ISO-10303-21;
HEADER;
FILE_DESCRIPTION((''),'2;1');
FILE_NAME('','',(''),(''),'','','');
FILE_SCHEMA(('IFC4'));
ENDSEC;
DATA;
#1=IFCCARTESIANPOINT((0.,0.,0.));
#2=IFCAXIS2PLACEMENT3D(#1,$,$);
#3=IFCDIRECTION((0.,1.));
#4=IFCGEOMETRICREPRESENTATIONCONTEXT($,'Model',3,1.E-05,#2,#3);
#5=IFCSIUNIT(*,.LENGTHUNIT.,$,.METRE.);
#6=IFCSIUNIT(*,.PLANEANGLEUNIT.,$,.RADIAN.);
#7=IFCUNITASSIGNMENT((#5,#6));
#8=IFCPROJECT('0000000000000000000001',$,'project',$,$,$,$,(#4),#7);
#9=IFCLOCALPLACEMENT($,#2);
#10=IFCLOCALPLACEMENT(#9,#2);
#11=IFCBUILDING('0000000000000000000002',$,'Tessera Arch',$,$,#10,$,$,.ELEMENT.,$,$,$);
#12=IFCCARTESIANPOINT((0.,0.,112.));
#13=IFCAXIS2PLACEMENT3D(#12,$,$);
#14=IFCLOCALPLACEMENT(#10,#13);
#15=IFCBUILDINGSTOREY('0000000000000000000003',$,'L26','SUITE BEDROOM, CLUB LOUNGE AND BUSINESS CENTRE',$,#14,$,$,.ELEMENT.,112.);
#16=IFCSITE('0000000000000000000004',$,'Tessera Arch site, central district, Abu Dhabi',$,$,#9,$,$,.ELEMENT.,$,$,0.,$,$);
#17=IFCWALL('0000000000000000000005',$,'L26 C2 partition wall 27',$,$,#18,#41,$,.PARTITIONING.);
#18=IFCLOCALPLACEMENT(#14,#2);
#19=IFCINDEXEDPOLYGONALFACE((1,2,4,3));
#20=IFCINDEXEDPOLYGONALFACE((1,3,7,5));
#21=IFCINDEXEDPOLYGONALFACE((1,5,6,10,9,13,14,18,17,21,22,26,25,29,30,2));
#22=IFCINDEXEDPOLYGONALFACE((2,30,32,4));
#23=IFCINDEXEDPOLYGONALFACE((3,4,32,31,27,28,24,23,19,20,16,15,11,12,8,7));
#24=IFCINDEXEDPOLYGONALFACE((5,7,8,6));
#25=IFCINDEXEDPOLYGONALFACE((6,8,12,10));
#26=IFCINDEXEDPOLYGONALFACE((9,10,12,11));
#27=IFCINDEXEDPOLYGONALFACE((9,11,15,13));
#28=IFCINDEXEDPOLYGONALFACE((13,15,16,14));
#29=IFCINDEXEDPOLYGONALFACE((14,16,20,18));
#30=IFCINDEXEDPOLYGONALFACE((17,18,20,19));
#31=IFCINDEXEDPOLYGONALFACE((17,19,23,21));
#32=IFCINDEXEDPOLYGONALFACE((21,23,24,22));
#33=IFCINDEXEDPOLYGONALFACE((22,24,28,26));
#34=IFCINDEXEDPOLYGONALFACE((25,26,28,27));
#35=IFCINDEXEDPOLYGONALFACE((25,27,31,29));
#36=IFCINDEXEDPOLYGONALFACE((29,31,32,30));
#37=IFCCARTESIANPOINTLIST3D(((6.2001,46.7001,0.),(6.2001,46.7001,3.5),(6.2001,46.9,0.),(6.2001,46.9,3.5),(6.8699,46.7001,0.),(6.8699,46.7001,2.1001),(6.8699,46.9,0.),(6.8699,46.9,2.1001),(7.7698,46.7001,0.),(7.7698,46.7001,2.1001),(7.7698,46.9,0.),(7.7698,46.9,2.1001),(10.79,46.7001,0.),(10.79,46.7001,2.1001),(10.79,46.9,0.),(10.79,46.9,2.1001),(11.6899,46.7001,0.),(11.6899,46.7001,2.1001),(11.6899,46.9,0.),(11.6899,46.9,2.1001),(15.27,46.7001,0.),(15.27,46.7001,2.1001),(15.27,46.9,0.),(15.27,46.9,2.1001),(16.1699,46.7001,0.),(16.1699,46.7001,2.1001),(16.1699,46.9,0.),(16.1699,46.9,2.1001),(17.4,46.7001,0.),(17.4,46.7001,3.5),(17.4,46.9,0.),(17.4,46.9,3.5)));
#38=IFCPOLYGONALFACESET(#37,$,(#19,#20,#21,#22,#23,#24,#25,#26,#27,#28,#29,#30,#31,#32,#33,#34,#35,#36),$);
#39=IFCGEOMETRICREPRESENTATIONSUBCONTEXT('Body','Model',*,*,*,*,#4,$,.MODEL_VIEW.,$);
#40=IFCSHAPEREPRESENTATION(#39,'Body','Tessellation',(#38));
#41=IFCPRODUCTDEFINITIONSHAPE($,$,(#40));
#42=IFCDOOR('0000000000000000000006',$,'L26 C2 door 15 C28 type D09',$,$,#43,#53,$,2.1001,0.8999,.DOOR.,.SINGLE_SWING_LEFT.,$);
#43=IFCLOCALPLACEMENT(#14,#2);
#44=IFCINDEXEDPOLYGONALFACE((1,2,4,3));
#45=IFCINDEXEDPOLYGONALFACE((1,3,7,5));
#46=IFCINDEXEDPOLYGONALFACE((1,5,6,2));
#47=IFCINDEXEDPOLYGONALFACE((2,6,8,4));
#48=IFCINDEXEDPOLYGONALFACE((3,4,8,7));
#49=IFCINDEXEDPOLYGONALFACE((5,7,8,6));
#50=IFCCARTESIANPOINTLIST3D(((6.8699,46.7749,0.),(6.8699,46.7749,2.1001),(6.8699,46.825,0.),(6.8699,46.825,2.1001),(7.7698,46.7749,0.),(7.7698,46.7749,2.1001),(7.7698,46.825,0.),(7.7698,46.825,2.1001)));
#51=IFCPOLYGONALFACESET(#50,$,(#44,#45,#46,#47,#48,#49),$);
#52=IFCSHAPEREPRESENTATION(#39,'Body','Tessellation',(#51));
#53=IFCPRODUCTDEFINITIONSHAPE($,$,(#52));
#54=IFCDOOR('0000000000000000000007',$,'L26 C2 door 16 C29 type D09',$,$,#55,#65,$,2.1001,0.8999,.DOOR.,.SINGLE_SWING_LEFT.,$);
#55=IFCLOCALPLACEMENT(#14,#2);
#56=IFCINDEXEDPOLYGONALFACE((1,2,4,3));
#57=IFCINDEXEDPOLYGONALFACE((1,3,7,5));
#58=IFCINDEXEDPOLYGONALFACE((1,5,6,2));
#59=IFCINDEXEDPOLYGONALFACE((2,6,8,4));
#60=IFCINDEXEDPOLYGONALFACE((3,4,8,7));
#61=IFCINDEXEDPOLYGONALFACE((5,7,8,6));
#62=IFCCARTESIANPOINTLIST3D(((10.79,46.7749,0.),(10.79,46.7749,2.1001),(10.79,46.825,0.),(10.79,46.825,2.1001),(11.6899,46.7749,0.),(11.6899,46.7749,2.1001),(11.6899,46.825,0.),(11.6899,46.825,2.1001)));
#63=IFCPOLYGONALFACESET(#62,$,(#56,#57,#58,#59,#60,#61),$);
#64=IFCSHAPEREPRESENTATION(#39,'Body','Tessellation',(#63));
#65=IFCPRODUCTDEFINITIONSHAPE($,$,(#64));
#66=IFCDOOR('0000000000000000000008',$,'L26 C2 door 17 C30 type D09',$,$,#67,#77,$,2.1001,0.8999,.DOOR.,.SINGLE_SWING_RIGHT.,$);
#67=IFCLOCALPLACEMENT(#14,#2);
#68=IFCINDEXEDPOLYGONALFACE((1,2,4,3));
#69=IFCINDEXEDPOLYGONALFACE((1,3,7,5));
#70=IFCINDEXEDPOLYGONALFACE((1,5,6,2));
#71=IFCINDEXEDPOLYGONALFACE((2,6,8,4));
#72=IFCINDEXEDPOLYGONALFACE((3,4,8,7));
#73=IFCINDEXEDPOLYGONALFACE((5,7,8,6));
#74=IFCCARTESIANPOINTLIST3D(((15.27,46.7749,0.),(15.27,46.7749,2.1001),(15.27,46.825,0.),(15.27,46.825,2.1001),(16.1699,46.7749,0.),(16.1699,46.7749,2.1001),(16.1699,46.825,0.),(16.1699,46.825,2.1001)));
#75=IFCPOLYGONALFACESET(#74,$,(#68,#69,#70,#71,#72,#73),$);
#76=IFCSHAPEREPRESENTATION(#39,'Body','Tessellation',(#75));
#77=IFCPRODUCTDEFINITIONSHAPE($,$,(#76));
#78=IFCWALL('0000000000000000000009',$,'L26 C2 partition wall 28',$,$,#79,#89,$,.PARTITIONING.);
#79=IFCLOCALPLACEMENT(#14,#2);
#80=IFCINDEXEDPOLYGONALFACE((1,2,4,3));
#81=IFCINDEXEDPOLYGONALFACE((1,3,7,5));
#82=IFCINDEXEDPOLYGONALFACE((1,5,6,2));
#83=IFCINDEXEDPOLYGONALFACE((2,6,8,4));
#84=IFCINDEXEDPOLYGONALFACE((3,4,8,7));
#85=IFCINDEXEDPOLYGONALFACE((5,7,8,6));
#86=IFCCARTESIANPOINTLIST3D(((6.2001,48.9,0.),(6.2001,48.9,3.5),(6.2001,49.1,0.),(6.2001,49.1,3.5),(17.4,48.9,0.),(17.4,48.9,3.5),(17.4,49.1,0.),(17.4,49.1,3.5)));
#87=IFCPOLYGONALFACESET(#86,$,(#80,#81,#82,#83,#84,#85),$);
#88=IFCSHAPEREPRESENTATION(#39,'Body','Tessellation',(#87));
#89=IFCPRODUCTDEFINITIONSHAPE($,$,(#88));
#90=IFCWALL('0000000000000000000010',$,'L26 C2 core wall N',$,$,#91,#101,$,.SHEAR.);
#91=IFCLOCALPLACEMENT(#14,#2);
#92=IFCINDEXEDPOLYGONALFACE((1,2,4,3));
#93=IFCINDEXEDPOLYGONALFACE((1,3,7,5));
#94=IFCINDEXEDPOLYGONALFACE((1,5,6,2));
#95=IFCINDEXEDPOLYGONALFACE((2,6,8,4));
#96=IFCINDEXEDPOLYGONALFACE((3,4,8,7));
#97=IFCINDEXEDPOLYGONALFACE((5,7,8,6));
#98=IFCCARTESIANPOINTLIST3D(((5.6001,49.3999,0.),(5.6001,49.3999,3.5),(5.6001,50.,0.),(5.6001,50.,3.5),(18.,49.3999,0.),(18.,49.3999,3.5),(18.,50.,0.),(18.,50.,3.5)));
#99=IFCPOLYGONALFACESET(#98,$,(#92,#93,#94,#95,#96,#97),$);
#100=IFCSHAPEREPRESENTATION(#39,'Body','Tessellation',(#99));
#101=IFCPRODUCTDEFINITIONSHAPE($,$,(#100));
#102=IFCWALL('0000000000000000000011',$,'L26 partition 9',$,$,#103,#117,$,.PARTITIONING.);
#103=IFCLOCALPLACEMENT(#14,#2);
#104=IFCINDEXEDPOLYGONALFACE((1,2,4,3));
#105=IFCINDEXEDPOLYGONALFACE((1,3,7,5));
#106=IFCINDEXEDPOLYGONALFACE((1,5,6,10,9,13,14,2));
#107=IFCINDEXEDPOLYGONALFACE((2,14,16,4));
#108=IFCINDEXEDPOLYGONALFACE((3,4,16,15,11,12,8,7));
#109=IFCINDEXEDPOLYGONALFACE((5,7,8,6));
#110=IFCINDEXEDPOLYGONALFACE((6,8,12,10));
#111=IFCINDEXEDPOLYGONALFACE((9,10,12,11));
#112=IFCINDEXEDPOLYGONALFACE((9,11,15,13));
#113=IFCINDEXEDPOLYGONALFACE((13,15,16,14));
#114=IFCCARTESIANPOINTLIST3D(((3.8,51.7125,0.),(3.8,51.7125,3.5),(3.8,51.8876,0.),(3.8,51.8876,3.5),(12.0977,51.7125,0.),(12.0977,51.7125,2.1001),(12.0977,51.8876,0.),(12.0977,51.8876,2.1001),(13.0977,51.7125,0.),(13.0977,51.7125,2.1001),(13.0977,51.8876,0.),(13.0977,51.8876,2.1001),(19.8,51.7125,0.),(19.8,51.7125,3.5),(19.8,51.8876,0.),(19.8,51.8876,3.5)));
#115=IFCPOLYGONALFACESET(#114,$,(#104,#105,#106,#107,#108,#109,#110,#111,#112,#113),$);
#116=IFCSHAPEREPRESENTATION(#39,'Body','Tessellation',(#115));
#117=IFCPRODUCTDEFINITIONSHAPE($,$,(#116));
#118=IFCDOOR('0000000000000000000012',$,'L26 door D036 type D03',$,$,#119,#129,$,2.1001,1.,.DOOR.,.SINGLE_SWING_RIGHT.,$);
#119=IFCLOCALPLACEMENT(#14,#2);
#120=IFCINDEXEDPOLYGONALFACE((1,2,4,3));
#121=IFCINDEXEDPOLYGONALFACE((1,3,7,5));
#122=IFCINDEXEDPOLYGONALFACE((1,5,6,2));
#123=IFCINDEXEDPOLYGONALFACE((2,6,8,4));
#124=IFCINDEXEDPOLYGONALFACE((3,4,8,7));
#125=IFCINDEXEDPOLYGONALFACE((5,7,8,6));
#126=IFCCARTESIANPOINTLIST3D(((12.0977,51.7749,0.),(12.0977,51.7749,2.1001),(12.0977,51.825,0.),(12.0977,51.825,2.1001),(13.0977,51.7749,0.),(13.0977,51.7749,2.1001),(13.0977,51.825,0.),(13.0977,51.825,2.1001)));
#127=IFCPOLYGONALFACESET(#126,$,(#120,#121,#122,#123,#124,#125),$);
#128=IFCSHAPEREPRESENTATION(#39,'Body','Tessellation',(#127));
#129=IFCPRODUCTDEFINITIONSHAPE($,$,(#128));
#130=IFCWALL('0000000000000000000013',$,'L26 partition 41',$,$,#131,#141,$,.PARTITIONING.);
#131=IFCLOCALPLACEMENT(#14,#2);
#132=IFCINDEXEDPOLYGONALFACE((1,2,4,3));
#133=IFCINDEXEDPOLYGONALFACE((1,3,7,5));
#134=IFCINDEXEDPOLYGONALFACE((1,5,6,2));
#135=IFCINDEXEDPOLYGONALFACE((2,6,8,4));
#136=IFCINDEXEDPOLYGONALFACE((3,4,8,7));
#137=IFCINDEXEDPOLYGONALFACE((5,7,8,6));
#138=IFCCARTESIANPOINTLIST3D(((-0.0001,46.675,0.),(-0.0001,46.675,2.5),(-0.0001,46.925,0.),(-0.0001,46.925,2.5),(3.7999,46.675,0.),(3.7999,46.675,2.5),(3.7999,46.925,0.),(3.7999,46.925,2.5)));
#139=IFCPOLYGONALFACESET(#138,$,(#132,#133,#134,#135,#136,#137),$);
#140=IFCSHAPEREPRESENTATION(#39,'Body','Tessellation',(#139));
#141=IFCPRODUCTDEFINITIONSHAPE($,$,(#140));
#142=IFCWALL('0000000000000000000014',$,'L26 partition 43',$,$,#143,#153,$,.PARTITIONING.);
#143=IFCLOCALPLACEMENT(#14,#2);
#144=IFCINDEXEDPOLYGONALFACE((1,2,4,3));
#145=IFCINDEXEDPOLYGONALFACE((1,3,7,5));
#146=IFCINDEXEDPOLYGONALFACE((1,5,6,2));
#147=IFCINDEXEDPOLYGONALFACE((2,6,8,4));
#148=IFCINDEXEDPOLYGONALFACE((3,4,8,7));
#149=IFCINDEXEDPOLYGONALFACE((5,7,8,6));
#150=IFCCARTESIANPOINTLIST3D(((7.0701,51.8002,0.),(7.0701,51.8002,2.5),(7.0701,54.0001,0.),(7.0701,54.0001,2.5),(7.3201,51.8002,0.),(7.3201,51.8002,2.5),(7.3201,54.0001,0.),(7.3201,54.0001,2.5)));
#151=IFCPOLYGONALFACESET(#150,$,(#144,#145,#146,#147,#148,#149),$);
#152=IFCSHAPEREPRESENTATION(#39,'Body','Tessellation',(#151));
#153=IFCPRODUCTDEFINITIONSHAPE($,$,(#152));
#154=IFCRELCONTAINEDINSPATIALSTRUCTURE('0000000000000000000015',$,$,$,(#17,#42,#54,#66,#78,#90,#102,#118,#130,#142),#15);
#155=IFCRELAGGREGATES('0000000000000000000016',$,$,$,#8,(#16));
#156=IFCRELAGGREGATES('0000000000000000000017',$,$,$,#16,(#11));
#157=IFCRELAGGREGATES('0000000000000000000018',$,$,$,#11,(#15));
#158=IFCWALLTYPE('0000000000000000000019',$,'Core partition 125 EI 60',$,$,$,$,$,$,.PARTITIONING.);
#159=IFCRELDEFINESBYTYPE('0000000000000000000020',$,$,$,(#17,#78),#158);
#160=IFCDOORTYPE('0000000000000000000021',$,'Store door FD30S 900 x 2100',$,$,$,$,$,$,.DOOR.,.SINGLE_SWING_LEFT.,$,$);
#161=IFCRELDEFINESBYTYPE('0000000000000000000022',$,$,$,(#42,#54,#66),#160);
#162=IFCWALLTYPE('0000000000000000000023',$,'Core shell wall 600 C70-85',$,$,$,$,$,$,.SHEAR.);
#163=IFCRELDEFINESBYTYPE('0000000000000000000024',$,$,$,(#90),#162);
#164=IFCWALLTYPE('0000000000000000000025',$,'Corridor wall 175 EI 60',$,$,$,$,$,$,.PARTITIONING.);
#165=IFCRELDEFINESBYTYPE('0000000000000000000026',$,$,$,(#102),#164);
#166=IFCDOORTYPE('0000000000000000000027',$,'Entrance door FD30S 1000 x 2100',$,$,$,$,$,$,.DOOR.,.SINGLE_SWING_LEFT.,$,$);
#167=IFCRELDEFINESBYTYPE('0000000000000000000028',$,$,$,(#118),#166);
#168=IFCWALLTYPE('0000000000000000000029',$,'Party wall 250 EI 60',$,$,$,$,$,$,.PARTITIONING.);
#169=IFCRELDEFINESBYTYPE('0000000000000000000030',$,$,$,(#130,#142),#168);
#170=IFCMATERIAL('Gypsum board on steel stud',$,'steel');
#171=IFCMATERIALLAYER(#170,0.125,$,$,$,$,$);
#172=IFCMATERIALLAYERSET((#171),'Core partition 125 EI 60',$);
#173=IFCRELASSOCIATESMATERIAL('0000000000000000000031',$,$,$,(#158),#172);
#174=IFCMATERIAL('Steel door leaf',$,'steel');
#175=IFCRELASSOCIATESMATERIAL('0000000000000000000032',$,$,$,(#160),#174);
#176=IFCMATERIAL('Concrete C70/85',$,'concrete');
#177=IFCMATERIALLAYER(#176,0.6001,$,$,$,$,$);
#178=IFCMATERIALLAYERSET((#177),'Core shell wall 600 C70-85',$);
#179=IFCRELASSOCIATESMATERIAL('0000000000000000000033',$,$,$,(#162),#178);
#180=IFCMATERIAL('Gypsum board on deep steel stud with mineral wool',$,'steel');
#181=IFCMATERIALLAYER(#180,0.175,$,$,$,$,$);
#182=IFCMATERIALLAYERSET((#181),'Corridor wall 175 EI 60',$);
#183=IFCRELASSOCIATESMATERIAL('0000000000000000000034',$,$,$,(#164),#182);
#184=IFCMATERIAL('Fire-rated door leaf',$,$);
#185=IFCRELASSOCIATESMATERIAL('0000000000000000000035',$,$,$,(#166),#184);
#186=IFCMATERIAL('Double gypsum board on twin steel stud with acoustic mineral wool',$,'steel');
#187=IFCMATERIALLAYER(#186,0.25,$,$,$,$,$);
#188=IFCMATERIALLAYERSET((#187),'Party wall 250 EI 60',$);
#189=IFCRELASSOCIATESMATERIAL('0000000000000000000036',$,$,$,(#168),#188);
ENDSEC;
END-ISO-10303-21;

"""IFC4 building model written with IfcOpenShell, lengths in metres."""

from ifc_helpers import new_model, si_unit, direction, frame, frame_2d, origin, place, context, subcontext, project, spatial, rectangle, extrude, material, layer, layer_set, type_object, element, fill, save


model = new_model("IFC4")

# Units and contexts
model_context = context("Model", 3, precision=1e-05, world=origin(), true_north=direction((0.0, 1.0)))
body_context = subcontext(model_context, "Body", "Model", "MODEL_VIEW")
ifc_project = project(units=[si_unit("LENGTHUNIT", "METRE"), si_unit("PLANEANGLEUNIT", "RADIAN")], contexts=[model_context])

# Site, building, storey
site_placement = place(None, origin())
site = spatial("IfcSite", under=ifc_project, at=site_placement, Name="Tessera Arch site, central district, Abu Dhabi", CompositionType="ELEMENT", RefElevation=0.0)
building_placement = place(site_placement, origin())
building = spatial("IfcBuilding", under=site, at=building_placement, Name="Tessera Arch", CompositionType="ELEMENT")
storey_placement = place(building_placement, frame((0.0, 0.0, 112.0)))
storey = spatial("IfcBuildingStorey", under=building, at=storey_placement, Name="L26", Description="SUITE BEDROOM, CLUB LOUNGE AND BUSINESS CENTRE", CompositionType="ELEMENT", Elevation=112.0)

# Shared definitions
ifc_material_1 = material(Name="Gypsum board on steel stud", Category="steel")
ifc_layer_1 = layer(ifc_material_1, 0.125)
ifc_layer_set_1 = layer_set([ifc_layer_1], Name="Core partition 125 EI 60")
wall_type_1 = type_object("IfcWallType", Name="Core partition 125 EI 60", PredefinedType="PARTITIONING", material=ifc_layer_set_1)

# Wall, openings, doors
wall_1_placement = place(storey_placement, frame((6.2, 46.8, 0.0), z_axis=(0.0, 0.0, 1.0), x_axis=(1.0, 0.0, 0.0)))
wall_1 = element("IfcWall", 1, at=wall_1_placement, inside=storey, type_object=wall_type_1, Name="L26 C2 partition wall 27", PredefinedType="PARTITIONING", context=body_context, shape_type="SweptSolid", body=[
    extrude(rectangle(XDim=11.2, YDim=0.2, at=frame_2d((5.6001, 0.0))), origin(), (0.0, 0.0, 1.0), 3.5),
])
opening_1_placement = place(wall_1_placement, frame((0.6699, 0.0, 0.0)))
opening_1 = element("IfcOpeningElement", 2, at=opening_1_placement, cuts=wall_1, PredefinedType="OPENING", context=body_context, shape_type="SweptSolid", body=[
    extrude(rectangle(XDim=0.8999, YDim=2.1001, at=frame_2d((0.45, 1.05))), frame((0.0, 0.1099, 0.0), z_axis=(0.0, -1.0, 0.0), x_axis=(1.0, 0.0, 0.0)), (0.0, 0.0, 1.0), 0.22),
])
opening_2_placement = place(wall_1_placement, frame((4.5901, 0.0, 0.0)))
opening_2 = element("IfcOpeningElement", 3, at=opening_2_placement, cuts=wall_1, PredefinedType="OPENING", context=body_context, shape_type="SweptSolid", body=[
    extrude(rectangle(XDim=0.8999, YDim=2.1001, at=frame_2d((0.45, 1.05))), frame((0.0, 0.1099, 0.0), z_axis=(0.0, -1.0, 0.0), x_axis=(1.0, 0.0, 0.0)), (0.0, 0.0, 1.0), 0.22),
])
opening_3_placement = place(wall_1_placement, frame((9.0701, 0.0, 0.0)))
opening_3 = element("IfcOpeningElement", 4, at=opening_3_placement, cuts=wall_1, PredefinedType="OPENING", context=body_context, shape_type="SweptSolid", body=[
    extrude(rectangle(XDim=0.8999, YDim=2.1001, at=frame_2d((0.45, 1.05))), frame((0.0, 0.1099, 0.0), z_axis=(0.0, -1.0, 0.0), x_axis=(1.0, 0.0, 0.0)), (0.0, 0.0, 1.0), 0.22),
])
ifc_material_2 = material(Name="Steel door leaf", Category="steel")
door_type_1 = type_object("IfcDoorType", Name="Store door FD30S 900 x 2100", OperationType="SINGLE_SWING_LEFT", PredefinedType="DOOR", material=ifc_material_2)
door_1_placement = place(opening_1_placement, origin())
door_1 = element("IfcDoor", 5, at=door_1_placement, inside=storey, type_object=door_type_1, Name="L26 C2 door 15 C28 type D09", OperationType="SINGLE_SWING_LEFT", OverallHeight=2.1001, OverallWidth=0.8999, PredefinedType="DOOR", context=body_context, shape_type="SweptSolid", body=[
    extrude(rectangle(XDim=0.8999, YDim=2.1001, at=frame_2d((0.45, 1.05))), frame((0.0, 0.0249, 0.0), z_axis=(0.0, -1.0, 0.0), x_axis=(1.0, 0.0, 0.0)), (0.0, 0.0, 1.0), 0.05),
])
fill(opening_1, door_1)
door_2_placement = place(opening_2_placement, origin())
door_2 = element("IfcDoor", 6, at=door_2_placement, inside=storey, type_object=door_type_1, Name="L26 C2 door 16 C29 type D09", OperationType="SINGLE_SWING_LEFT", OverallHeight=2.1001, OverallWidth=0.8999, PredefinedType="DOOR", context=body_context, shape_type="SweptSolid", body=[
    extrude(rectangle(XDim=0.8999, YDim=2.1001, at=frame_2d((0.45, 1.05))), frame((0.0, 0.0249, 0.0), z_axis=(0.0, -1.0, 0.0), x_axis=(1.0, 0.0, 0.0)), (0.0, 0.0, 1.0), 0.05),
])
fill(opening_2, door_2)
door_3_placement = place(opening_3_placement, origin())
door_3 = element("IfcDoor", 7, at=door_3_placement, inside=storey, type_object=door_type_1, Name="L26 C2 door 17 C30 type D09", OperationType="SINGLE_SWING_RIGHT", OverallHeight=2.1001, OverallWidth=0.8999, PredefinedType="DOOR", context=body_context, shape_type="SweptSolid", body=[
    extrude(rectangle(XDim=0.8999, YDim=2.1001, at=frame_2d((0.45, 1.05))), frame((0.0, 0.0249, 0.0), z_axis=(0.0, -1.0, 0.0), x_axis=(1.0, 0.0, 0.0)), (0.0, 0.0, 1.0), 0.05),
])
fill(opening_3, door_3)

# Walls
wall_2_placement = place(storey_placement, frame((6.2, 49.0, 0.0), z_axis=(0.0, 0.0, 1.0), x_axis=(1.0, 0.0, 0.0)))
element("IfcWall", 8, at=wall_2_placement, inside=storey, type_object=wall_type_1, Name="L26 C2 partition wall 28", PredefinedType="PARTITIONING", context=body_context, shape_type="SweptSolid", body=[
    extrude(rectangle(XDim=11.2, YDim=0.2, at=frame_2d((5.6001, 0.0))), origin(), (0.0, 0.0, 1.0), 3.5),
])
ifc_material_3 = material(Name="Concrete C70/85", Category="concrete")
ifc_layer_2 = layer(ifc_material_3, 0.6001)
ifc_layer_set_2 = layer_set([ifc_layer_2], Name="Core shell wall 600 C70-85")
wall_type_2 = type_object("IfcWallType", Name="Core shell wall 600 C70-85", PredefinedType="SHEAR", material=ifc_layer_set_2)
wall_3_placement = place(storey_placement, frame((5.6001, 49.7, 0.0), z_axis=(0.0, 0.0, 1.0), x_axis=(1.0, 0.0, 0.0)))
element("IfcWall", 9, at=wall_3_placement, inside=storey, type_object=wall_type_2, Name="L26 C2 core wall N", PredefinedType="SHEAR", context=body_context, shape_type="SweptSolid", body=[
    extrude(rectangle(XDim=12.3999, YDim=0.6001, at=frame_2d((6.2, 0.0))), origin(), (0.0, 0.0, 1.0), 3.5),
])

# Wall, opening, door
ifc_material_4 = material(Name="Gypsum board on deep steel stud with mineral wool", Category="steel")
ifc_layer_3 = layer(ifc_material_4, 0.175)
ifc_layer_set_3 = layer_set([ifc_layer_3], Name="Corridor wall 175 EI 60")
wall_type_3 = type_object("IfcWallType", Name="Corridor wall 175 EI 60", PredefinedType="PARTITIONING", material=ifc_layer_set_3)
wall_4_placement = place(storey_placement, frame((3.8, 51.8, 0.0), z_axis=(0.0, 0.0, 1.0), x_axis=(1.0, 0.0, 0.0)))
wall_4 = element("IfcWall", 10, at=wall_4_placement, inside=storey, type_object=wall_type_3, Name="L26 partition 9", PredefinedType="PARTITIONING", context=body_context, shape_type="SweptSolid", body=[
    extrude(rectangle(XDim=16.0, YDim=0.175, at=frame_2d((8.0, 0.0))), origin(), (0.0, 0.0, 1.0), 3.5),
])
opening_4_placement = place(wall_4_placement, frame((8.2976, 0.0, 0.0)))
opening_4 = element("IfcOpeningElement", 11, at=opening_4_placement, cuts=wall_4, PredefinedType="OPENING", context=body_context, shape_type="SweptSolid", body=[
    extrude(rectangle(XDim=1.0, YDim=2.1001, at=frame_2d((0.5, 1.05))), frame((0.0, 0.0974, 0.0), z_axis=(0.0, -1.0, 0.0), x_axis=(1.0, 0.0, 0.0)), (0.0, 0.0, 1.0), 0.1951),
])
ifc_material_5 = material(Name="Fire-rated door leaf")
door_type_2 = type_object("IfcDoorType", Name="Entrance door FD30S 1000 x 2100", OperationType="SINGLE_SWING_LEFT", PredefinedType="DOOR", material=ifc_material_5)
door_4_placement = place(opening_4_placement, origin())
door_4 = element("IfcDoor", 12, at=door_4_placement, inside=storey, type_object=door_type_2, Name="L26 door D036 type D03", OperationType="SINGLE_SWING_RIGHT", OverallHeight=2.1001, OverallWidth=1.0, PredefinedType="DOOR", context=body_context, shape_type="SweptSolid", body=[
    extrude(rectangle(XDim=1.0, YDim=2.1001, at=frame_2d((0.5, 1.05))), frame((0.0, 0.0249, 0.0), z_axis=(0.0, -1.0, 0.0), x_axis=(1.0, 0.0, 0.0)), (0.0, 0.0, 1.0), 0.05),
])
fill(opening_4, door_4)

# Walls
ifc_material_6 = material(Name="Double gypsum board on twin steel stud with acoustic mineral wool", Category="steel")
ifc_layer_4 = layer(ifc_material_6, 0.25)
ifc_layer_set_4 = layer_set([ifc_layer_4], Name="Party wall 250 EI 60")
wall_type_4 = type_object("IfcWallType", Name="Party wall 250 EI 60", PredefinedType="PARTITIONING", material=ifc_layer_set_4)
wall_5_placement = place(storey_placement, frame((0.0, 46.8, 0.0), z_axis=(0.0, 0.0, 1.0), x_axis=(1.0, 0.0, 0.0)))
element("IfcWall", 13, at=wall_5_placement, inside=storey, type_object=wall_type_4, Name="L26 partition 41", PredefinedType="PARTITIONING", context=body_context, shape_type="SweptSolid", body=[
    extrude(rectangle(XDim=3.8, YDim=0.25, at=frame_2d((1.8999, 0.0))), origin(), (0.0, 0.0, 1.0), 2.5),
])
wall_6_placement = place(storey_placement, frame((7.1951, 51.8, 0.0), z_axis=(0.0, 0.0, 1.0), x_axis=(0.0, 1.0, 0.0)))
element("IfcWall", 14, at=wall_6_placement, inside=storey, type_object=wall_type_4, Name="L26 partition 43", PredefinedType="PARTITIONING", context=body_context, shape_type="SweptSolid", body=[
    extrude(rectangle(XDim=2.2, YDim=0.25, at=frame_2d((1.1001, 0.0))), origin(), (0.0, 0.0, 1.0), 2.5),
])

save(model, "model.ifc")
